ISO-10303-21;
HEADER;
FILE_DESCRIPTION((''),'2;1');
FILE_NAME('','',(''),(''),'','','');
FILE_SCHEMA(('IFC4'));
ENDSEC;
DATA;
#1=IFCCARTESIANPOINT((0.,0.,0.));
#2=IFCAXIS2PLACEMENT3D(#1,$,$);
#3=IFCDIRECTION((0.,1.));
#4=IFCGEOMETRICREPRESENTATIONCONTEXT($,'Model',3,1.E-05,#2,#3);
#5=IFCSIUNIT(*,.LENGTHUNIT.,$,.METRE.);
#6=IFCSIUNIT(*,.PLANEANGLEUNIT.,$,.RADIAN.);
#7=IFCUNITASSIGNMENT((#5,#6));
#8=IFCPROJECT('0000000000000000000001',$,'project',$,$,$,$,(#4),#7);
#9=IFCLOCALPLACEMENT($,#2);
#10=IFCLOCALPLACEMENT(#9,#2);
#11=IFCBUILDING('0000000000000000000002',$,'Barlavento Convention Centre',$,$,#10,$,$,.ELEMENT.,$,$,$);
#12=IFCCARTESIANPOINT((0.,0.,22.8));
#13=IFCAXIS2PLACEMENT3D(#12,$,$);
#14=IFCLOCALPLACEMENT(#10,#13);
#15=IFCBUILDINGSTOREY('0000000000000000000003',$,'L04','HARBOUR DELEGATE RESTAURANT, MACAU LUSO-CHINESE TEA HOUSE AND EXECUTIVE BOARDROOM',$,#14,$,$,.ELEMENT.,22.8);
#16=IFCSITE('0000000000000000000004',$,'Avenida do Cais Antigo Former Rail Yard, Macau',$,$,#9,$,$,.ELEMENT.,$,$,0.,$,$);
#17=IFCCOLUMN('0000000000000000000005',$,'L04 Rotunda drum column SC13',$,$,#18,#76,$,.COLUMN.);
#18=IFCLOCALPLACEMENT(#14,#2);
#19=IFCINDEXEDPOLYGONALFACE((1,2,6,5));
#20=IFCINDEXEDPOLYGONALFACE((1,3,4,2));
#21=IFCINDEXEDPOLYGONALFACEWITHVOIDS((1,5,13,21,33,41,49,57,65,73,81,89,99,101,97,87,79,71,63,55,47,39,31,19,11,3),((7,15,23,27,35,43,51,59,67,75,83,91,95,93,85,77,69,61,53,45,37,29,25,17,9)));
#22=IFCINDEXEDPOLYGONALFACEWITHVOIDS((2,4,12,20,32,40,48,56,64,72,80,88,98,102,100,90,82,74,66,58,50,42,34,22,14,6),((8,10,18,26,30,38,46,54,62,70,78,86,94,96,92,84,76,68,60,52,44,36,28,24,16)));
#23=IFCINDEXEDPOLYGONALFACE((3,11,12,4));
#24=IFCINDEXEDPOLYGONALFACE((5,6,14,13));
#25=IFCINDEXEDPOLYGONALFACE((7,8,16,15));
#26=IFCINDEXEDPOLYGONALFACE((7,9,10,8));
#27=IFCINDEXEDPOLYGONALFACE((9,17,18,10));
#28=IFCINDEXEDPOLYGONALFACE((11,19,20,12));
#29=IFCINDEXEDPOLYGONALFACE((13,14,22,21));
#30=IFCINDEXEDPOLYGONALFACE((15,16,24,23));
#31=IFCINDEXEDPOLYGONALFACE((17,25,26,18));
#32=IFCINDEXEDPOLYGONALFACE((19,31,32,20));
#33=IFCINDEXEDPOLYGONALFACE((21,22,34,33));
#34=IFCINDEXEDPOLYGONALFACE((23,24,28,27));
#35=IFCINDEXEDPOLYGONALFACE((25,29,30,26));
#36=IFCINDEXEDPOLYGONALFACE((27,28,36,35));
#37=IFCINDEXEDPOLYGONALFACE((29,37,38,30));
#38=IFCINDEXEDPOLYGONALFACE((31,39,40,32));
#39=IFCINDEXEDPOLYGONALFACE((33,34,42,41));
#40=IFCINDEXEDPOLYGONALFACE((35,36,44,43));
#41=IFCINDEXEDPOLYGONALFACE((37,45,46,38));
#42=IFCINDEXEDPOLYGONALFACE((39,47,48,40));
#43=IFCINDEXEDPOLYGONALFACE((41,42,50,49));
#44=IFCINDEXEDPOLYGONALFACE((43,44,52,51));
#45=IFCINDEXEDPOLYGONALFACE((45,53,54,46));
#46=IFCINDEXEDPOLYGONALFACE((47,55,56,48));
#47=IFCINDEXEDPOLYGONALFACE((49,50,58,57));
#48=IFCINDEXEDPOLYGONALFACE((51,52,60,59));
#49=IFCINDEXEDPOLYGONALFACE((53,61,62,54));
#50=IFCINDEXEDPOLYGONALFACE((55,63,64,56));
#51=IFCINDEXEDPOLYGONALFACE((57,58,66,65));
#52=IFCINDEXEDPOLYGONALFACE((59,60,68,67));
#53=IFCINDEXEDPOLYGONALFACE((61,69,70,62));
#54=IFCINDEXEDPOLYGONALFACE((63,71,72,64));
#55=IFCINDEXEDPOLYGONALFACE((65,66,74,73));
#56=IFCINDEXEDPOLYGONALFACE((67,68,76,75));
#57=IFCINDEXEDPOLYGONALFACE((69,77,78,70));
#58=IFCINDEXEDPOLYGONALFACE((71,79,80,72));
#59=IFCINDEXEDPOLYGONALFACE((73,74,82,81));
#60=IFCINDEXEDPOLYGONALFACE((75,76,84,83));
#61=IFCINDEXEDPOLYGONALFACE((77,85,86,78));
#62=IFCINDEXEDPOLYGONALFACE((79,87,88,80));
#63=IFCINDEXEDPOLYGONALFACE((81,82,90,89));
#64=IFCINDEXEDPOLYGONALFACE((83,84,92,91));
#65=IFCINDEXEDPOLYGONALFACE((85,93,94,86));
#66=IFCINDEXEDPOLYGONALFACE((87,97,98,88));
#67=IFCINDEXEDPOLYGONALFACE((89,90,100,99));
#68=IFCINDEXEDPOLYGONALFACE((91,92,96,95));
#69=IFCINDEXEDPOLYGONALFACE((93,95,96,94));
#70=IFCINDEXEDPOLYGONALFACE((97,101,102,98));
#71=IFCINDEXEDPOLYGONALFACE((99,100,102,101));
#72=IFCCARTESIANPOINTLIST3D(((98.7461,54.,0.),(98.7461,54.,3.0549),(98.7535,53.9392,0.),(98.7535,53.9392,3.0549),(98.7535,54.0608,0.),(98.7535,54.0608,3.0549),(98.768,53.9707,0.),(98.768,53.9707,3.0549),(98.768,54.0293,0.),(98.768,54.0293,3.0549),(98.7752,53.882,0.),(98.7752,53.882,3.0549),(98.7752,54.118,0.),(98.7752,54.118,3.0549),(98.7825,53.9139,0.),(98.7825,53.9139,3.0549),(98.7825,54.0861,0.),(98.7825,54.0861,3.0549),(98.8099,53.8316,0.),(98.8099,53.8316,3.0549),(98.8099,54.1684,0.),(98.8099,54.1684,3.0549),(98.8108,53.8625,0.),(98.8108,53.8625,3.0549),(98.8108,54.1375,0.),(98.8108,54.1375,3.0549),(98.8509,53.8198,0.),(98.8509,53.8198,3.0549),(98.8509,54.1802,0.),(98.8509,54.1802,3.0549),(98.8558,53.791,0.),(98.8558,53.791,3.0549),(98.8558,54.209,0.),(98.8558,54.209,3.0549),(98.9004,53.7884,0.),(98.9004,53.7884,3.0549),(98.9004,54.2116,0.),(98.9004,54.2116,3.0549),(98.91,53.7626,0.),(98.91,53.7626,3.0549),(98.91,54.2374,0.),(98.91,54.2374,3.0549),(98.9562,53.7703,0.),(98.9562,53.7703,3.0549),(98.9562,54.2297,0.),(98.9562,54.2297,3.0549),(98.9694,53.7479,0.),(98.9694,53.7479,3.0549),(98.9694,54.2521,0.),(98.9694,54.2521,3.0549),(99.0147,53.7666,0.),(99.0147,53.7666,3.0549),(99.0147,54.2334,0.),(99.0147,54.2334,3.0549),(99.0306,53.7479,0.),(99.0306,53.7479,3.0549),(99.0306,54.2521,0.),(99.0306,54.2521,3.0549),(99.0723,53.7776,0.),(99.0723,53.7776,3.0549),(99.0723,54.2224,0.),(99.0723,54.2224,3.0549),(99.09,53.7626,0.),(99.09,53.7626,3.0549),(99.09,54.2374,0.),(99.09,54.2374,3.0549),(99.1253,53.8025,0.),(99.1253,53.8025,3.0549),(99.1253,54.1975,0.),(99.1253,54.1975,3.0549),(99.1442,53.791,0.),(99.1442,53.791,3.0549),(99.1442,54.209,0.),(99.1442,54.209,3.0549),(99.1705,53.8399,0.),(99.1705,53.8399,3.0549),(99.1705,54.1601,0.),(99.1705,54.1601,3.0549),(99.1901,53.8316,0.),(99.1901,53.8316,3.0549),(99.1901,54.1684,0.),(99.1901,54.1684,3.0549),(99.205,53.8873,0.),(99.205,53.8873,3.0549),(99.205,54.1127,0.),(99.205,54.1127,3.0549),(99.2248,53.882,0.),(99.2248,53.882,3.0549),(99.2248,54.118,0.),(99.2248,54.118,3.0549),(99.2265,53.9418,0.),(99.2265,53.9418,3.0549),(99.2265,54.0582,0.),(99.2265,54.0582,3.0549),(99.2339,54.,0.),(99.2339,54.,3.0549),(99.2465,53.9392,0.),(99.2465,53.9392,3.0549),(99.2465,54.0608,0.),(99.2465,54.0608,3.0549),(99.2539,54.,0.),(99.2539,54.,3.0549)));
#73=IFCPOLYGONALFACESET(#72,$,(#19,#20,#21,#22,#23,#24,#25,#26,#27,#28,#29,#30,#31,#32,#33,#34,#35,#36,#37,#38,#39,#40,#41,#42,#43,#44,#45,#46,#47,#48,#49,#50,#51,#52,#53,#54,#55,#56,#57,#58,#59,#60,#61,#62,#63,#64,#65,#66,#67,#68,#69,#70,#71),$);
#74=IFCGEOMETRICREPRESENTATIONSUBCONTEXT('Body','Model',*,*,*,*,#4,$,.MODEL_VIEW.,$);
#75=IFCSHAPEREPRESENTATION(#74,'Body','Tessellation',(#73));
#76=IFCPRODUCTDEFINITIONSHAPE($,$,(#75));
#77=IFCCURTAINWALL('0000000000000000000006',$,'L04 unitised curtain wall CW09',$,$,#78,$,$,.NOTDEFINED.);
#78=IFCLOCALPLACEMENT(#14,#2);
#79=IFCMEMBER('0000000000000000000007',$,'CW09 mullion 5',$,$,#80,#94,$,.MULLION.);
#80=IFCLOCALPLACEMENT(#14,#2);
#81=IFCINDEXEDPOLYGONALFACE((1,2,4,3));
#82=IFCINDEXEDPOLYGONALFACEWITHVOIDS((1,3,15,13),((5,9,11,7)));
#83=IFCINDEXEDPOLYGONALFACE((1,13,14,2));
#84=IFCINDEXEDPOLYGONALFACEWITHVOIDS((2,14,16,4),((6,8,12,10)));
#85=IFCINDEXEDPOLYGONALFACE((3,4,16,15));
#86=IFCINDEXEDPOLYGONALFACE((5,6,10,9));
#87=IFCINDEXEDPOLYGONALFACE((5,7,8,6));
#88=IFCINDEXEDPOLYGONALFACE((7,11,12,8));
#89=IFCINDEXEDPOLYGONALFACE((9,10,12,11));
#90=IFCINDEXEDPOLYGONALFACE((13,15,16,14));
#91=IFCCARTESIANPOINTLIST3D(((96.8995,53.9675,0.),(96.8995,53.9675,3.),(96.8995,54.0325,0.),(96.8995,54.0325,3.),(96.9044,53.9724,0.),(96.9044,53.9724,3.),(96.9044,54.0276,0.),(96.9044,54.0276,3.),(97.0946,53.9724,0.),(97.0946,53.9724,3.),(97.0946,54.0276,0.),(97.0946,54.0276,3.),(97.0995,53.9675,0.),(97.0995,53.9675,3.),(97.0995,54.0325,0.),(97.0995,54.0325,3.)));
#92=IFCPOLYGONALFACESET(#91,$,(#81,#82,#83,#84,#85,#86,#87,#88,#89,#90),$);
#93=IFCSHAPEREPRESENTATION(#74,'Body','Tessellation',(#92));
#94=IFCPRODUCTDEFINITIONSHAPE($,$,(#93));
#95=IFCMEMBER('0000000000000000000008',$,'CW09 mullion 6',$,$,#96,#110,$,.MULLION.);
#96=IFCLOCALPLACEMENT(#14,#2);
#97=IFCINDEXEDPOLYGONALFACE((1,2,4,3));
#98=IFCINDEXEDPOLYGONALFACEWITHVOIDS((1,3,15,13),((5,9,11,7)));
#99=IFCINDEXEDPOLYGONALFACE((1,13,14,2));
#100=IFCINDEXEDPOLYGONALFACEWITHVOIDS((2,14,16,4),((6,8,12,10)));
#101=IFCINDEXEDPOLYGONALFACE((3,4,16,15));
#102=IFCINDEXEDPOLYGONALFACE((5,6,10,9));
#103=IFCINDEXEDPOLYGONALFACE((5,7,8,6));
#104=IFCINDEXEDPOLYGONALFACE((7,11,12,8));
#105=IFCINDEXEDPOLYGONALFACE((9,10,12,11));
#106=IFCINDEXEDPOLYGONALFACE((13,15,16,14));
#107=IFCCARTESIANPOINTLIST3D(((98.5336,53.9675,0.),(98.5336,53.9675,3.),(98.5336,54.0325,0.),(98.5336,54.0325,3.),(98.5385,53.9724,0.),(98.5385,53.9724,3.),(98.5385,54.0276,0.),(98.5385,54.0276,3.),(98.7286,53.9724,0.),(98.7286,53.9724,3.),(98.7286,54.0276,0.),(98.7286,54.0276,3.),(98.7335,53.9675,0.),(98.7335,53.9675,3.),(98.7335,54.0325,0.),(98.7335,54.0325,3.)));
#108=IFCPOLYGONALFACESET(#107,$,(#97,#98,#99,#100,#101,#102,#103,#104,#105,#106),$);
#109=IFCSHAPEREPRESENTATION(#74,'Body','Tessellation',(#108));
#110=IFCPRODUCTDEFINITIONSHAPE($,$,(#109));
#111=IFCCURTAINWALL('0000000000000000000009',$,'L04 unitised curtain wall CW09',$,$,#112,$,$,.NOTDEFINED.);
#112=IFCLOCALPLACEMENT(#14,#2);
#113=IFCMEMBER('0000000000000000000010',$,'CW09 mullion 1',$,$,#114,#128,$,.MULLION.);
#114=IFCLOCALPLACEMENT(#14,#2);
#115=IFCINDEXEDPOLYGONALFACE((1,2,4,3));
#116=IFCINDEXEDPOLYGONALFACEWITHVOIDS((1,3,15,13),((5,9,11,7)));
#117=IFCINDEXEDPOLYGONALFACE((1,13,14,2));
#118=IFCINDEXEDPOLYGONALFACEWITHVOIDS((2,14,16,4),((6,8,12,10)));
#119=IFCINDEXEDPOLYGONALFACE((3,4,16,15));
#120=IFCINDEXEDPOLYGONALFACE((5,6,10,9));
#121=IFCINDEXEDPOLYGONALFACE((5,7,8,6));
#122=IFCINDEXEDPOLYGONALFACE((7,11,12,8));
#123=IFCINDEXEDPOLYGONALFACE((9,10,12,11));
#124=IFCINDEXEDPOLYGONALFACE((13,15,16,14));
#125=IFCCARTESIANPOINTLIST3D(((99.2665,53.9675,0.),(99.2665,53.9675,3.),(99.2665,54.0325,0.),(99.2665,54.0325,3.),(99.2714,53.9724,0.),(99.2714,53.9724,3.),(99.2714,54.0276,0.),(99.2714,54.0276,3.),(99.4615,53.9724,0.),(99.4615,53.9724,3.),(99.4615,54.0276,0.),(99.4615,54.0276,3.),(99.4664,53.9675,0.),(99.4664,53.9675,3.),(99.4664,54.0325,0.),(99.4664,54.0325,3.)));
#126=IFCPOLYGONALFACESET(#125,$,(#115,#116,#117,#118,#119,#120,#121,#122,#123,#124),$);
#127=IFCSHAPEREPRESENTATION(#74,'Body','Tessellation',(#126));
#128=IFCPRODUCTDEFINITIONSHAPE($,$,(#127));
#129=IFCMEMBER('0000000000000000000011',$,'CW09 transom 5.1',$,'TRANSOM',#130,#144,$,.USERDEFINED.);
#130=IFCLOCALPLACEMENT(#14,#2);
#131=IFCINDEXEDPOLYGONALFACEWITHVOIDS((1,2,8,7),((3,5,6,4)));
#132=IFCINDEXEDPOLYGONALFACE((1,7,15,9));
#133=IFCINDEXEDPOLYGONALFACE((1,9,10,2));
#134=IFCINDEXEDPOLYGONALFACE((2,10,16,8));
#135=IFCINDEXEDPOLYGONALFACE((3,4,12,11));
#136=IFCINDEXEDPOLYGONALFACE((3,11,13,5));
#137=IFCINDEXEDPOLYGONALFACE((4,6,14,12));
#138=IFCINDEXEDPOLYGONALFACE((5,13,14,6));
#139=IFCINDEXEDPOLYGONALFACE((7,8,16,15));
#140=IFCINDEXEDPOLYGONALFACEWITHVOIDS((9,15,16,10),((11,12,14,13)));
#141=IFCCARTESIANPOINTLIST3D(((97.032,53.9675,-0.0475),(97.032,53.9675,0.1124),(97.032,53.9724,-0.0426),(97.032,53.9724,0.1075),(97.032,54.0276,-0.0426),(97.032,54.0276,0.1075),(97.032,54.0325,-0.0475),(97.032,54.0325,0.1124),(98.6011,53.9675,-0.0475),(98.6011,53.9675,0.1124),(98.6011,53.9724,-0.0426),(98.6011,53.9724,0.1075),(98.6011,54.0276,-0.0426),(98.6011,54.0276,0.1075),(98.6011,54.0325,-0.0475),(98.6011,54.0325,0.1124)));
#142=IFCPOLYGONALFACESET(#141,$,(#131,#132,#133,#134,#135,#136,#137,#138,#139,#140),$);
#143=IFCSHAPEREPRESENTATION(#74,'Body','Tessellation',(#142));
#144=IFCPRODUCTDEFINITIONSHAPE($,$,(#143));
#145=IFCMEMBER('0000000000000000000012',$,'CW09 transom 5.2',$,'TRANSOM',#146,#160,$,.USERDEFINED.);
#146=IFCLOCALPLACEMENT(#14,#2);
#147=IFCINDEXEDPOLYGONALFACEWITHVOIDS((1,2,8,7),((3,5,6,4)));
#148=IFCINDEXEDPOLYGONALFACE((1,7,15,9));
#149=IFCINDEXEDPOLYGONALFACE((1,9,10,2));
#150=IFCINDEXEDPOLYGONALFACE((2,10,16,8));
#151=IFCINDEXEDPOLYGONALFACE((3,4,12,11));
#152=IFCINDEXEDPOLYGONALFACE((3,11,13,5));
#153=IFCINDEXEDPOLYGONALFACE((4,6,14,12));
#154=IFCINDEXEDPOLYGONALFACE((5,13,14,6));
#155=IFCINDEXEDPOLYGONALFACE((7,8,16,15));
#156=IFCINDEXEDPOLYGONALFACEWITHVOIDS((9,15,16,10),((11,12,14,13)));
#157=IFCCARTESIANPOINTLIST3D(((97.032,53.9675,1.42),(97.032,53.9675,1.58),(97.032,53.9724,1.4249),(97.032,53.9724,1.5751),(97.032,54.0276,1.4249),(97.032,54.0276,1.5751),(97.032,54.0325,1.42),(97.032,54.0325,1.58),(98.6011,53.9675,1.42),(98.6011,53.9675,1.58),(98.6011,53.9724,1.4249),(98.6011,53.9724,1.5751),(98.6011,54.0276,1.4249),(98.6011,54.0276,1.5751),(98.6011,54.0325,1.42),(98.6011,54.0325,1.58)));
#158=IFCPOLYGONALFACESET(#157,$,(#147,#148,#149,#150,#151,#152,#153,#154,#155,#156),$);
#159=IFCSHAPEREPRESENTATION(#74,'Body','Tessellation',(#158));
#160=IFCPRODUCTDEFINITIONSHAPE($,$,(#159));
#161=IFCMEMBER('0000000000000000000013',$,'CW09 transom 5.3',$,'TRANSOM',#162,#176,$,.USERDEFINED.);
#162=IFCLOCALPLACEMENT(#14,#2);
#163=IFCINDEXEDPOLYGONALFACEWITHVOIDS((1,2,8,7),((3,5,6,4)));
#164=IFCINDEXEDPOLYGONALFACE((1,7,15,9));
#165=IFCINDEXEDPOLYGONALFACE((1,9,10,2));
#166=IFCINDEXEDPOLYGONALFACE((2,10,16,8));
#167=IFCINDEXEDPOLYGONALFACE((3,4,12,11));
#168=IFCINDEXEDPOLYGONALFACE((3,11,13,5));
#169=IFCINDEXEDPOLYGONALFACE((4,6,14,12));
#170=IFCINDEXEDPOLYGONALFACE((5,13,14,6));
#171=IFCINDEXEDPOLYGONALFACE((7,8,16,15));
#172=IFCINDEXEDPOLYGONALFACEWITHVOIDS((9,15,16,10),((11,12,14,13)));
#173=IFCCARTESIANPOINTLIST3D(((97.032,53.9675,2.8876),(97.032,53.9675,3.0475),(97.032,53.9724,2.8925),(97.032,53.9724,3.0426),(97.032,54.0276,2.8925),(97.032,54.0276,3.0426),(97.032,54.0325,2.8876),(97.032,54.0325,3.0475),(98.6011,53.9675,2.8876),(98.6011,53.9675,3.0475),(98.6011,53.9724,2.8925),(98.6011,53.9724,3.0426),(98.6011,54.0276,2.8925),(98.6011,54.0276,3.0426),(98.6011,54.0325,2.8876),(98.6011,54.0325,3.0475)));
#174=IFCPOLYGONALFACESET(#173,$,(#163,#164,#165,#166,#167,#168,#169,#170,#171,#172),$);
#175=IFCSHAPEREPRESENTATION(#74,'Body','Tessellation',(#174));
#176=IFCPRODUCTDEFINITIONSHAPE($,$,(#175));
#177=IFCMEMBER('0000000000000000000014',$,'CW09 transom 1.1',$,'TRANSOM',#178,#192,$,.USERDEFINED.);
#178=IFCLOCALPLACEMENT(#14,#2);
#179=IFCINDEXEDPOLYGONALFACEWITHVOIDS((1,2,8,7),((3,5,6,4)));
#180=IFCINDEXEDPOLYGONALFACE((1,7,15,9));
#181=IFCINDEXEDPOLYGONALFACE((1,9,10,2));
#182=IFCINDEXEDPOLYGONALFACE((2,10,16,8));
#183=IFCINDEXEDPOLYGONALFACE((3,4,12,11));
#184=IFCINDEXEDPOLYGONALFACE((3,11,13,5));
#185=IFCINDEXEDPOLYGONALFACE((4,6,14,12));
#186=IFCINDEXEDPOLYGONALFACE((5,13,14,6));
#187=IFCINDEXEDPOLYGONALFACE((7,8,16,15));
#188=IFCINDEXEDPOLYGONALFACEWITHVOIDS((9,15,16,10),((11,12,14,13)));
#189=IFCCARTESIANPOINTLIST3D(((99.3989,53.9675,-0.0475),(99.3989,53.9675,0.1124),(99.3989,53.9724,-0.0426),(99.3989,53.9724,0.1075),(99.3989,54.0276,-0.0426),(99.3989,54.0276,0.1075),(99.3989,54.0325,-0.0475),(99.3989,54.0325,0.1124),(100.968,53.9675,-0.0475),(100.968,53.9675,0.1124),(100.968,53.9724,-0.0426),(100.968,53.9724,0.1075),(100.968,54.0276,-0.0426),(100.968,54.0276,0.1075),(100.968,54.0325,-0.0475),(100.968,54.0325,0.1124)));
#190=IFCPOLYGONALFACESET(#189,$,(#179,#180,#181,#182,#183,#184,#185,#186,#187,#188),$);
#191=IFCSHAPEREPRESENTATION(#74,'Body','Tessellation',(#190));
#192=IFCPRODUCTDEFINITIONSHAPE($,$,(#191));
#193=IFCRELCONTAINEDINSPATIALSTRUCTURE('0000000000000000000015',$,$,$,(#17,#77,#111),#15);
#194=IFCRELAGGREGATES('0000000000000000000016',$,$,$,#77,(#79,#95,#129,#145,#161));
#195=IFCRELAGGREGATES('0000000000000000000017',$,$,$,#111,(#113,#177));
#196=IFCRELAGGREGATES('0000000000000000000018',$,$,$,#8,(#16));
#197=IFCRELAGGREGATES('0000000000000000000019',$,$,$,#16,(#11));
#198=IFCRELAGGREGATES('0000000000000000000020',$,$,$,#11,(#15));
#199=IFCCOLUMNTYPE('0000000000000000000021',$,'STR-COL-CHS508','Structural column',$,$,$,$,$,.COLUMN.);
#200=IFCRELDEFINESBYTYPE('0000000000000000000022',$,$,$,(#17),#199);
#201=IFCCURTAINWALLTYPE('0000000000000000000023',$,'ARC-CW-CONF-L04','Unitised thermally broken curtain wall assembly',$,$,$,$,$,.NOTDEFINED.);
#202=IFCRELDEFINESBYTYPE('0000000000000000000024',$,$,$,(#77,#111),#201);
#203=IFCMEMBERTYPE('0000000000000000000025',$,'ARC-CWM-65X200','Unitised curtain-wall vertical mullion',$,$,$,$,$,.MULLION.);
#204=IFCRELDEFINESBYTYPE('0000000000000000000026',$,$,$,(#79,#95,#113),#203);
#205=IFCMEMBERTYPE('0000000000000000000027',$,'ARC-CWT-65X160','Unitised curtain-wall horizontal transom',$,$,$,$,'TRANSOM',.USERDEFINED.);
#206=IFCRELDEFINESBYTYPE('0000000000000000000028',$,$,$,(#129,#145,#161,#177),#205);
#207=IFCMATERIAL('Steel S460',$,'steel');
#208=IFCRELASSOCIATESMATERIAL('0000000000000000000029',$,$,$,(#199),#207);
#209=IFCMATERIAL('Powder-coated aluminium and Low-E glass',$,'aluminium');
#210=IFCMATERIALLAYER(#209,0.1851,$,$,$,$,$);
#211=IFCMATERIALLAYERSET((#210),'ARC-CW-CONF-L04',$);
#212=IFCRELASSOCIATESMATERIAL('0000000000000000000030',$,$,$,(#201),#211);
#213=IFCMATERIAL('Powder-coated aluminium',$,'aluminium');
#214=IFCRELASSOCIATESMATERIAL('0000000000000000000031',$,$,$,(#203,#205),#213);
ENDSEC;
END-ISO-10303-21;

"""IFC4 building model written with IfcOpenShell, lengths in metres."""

from ifc_helpers import new_model, si_unit, direction, frame, origin, origin_2d, place, context, subcontext, project, spatial, hollow_rectangle, hollow_circle, extrude, material, layer, layer_set, material_profile, profile_set, type_object, element, aggregate, save


model = new_model("IFC4")

# Units and contexts
model_context = context("Model", 3, precision=1e-05, world=origin(), true_north=direction((0.0, 1.0)))
body_context = subcontext(model_context, "Body", "Model", "MODEL_VIEW")
ifc_project = project(units=[si_unit("LENGTHUNIT", "METRE"), si_unit("PLANEANGLEUNIT", "RADIAN")], contexts=[model_context])

# Site, building, storey
site_placement = place(None, origin())
site = spatial("IfcSite", under=ifc_project, at=site_placement, Name="Avenida do Cais Antigo Former Rail Yard, Macau", CompositionType="ELEMENT", RefElevation=0.0)
building_placement = place(site_placement, origin())
building = spatial("IfcBuilding", under=site, at=building_placement, Name="Barlavento Convention Centre", CompositionType="ELEMENT")
storey_placement = place(building_placement, frame((0.0, 0.0, 22.8)))
storey = spatial("IfcBuildingStorey", under=building, at=storey_placement, Name="L04", Description="HARBOUR DELEGATE RESTAURANT, MACAU LUSO-CHINESE TEA HOUSE AND EXECUTIVE BOARDROOM", CompositionType="ELEMENT", Elevation=22.8)

# Column
ifc_material_1 = material(Name="Steel S460", Category="steel")
ifc_material_profile_1 = material_profile(ifc_material_1, hollow_circle(Radius=0.2539, WallThickness=0.02, at=origin_2d()), Name="CHS 508.0x20.0")
ifc_profile_set_1 = profile_set([ifc_material_profile_1], Name="Steel S460")
column_type = type_object("IfcColumnType", Name="STR-COL-CHS508", Description="Structural column", PredefinedType="COLUMN", material=ifc_profile_set_1)
column_placement = place(storey_placement, frame((99.0, 54.0, 0.0), z_axis=(0.0, 0.0, 1.0), x_axis=(1.0, 0.0, 0.0)))
element("IfcColumn", 1, at=column_placement, inside=storey, type_object=column_type, Name="L04 Rotunda drum column SC13", PredefinedType="COLUMN", context=body_context, shape_type="SweptSolid", body=[
    extrude(hollow_circle(Radius=0.2539, WallThickness=0.02, at=origin_2d()), origin(), (0.0, 0.0, 1.0), 3.0549),
])

# Curtain wall, members
ifc_material_2 = material(Name="Powder-coated aluminium and Low-E glass", Category="aluminium")
ifc_layer_1 = layer(ifc_material_2, 0.1851)
ifc_layer_set_1 = layer_set([ifc_layer_1], Name="ARC-CW-CONF-L04")
curtain_wall_type = type_object("IfcCurtainWallType", Name="ARC-CW-CONF-L04", Description="Unitised thermally broken curtain wall assembly", PredefinedType="NOTDEFINED", material=ifc_layer_set_1)
curtain_wall_1_placement = place(storey_placement, origin())
curtain_wall_1 = element("IfcCurtainWall", 2, at=curtain_wall_1_placement, inside=storey, type_object=curtain_wall_type, Name="L04 unitised curtain wall CW09", PredefinedType="NOTDEFINED")
ifc_material_3 = material(Name="Powder-coated aluminium", Category="aluminium")
ifc_material_profile_2 = material_profile(ifc_material_3, hollow_rectangle(XDim=0.0649, YDim=0.2, WallThickness=0.0049, at=origin_2d()), Name="AL-MULL 65x200x5")
ifc_profile_set_2 = profile_set([ifc_material_profile_2], Name="Powder-coated aluminium")
member_type_1 = type_object("IfcMemberType", Name="ARC-CWM-65X200", Description="Unitised curtain-wall vertical mullion", PredefinedType="MULLION", material=ifc_profile_set_2)
member_1_placement = place(storey_placement, frame((96.9995, 54.0, 0.0), z_axis=(0.0, 0.0, 1.0), x_axis=(0.0, 1.0, 0.0)))
member_1 = element("IfcMember", 3, at=member_1_placement, type_object=member_type_1, Name="CW09 mullion 5", PredefinedType="MULLION", context=body_context, shape_type="SweptSolid", body=[
    extrude(hollow_rectangle(XDim=0.0649, YDim=0.2, WallThickness=0.0049, at=origin_2d()), origin(), (0.0, 0.0, 1.0), 3.0),
])
member_2_placement = place(storey_placement, frame((98.6335, 54.0, 0.0), z_axis=(0.0, 0.0, 1.0), x_axis=(0.0, 1.0, 0.0)))
member_2 = element("IfcMember", 4, at=member_2_placement, type_object=member_type_1, Name="CW09 mullion 6", PredefinedType="MULLION", context=body_context, shape_type="SweptSolid", body=[
    extrude(hollow_rectangle(XDim=0.0649, YDim=0.2, WallThickness=0.0049, at=origin_2d()), origin(), (0.0, 0.0, 1.0), 3.0),
])

# Curtain wall, member
curtain_wall_2_placement = place(storey_placement, origin())
curtain_wall_2 = element("IfcCurtainWall", 5, at=curtain_wall_2_placement, inside=storey, type_object=curtain_wall_type, Name="L04 unitised curtain wall CW09", PredefinedType="NOTDEFINED")
member_3_placement = place(storey_placement, frame((99.3665, 54.0, 0.0), z_axis=(0.0, 0.0, 1.0), x_axis=(0.0, 1.0, 0.0)))
member_3 = element("IfcMember", 6, at=member_3_placement, type_object=member_type_1, Name="CW09 mullion 1", PredefinedType="MULLION", context=body_context, shape_type="SweptSolid", body=[
    extrude(hollow_rectangle(XDim=0.0649, YDim=0.2, WallThickness=0.0049, at=origin_2d()), origin(), (0.0, 0.0, 1.0), 3.0),
])

# Members
ifc_material_profile_3 = material_profile(ifc_material_3, hollow_rectangle(XDim=0.0649, YDim=0.1599, WallThickness=0.0049, at=origin_2d()), Name="AL-TRAN 65x160x5")
ifc_profile_set_3 = profile_set([ifc_material_profile_3], Name="Powder-coated aluminium")
member_type_2 = type_object("IfcMemberType", Name="ARC-CWT-65X160", Description="Unitised curtain-wall horizontal transom", ElementType="TRANSOM", PredefinedType="USERDEFINED", material=ifc_profile_set_3)
member_4_placement = place(storey_placement, frame((97.032, 54.0, 0.0325), z_axis=(1.0, 0.0, 0.0), x_axis=(0.0, 1.0, 0.0)))
member_4 = element("IfcMember", 7, at=member_4_placement, type_object=member_type_2, Name="CW09 transom 5.1", ObjectType="TRANSOM", PredefinedType="USERDEFINED", context=body_context, shape_type="SweptSolid", body=[
    extrude(hollow_rectangle(XDim=0.0649, YDim=0.1599, WallThickness=0.0049, at=origin_2d()), origin(), (0.0, 0.0, 1.0), 1.5691),
])
member_5_placement = place(storey_placement, frame((97.032, 54.0, 1.5), z_axis=(1.0, 0.0, 0.0), x_axis=(0.0, 1.0, 0.0)))
member_5 = element("IfcMember", 8, at=member_5_placement, type_object=member_type_2, Name="CW09 transom 5.2", ObjectType="TRANSOM", PredefinedType="USERDEFINED", context=body_context, shape_type="SweptSolid", body=[
    extrude(hollow_rectangle(XDim=0.0649, YDim=0.1599, WallThickness=0.0049, at=origin_2d()), origin(), (0.0, 0.0, 1.0), 1.5691),
])
member_6_placement = place(storey_placement, frame((97.032, 54.0, 2.9675), z_axis=(1.0, 0.0, 0.0), x_axis=(0.0, 1.0, 0.0)))
member_6 = element("IfcMember", 9, at=member_6_placement, type_object=member_type_2, Name="CW09 transom 5.3", ObjectType="TRANSOM", PredefinedType="USERDEFINED", context=body_context, shape_type="SweptSolid", body=[
    extrude(hollow_rectangle(XDim=0.0649, YDim=0.1599, WallThickness=0.0049, at=origin_2d()), origin(), (0.0, 0.0, 1.0), 1.5691),
])
member_7_placement = place(storey_placement, frame((99.3989, 54.0, 0.0325), z_axis=(1.0, 0.0, 0.0), x_axis=(0.0, 1.0, 0.0)))
member_7 = element("IfcMember", 10, at=member_7_placement, type_object=member_type_2, Name="CW09 transom 1.1", ObjectType="TRANSOM", PredefinedType="USERDEFINED", context=body_context, shape_type="SweptSolid", body=[
    extrude(hollow_rectangle(XDim=0.0649, YDim=0.1599, WallThickness=0.0049, at=origin_2d()), origin(), (0.0, 0.0, 1.0), 1.5691),
])

aggregate(curtain_wall_1, [member_1, member_2, member_4, member_5, member_6])
aggregate(curtain_wall_2, [member_3, member_7])

save(model, "model.ifc")
